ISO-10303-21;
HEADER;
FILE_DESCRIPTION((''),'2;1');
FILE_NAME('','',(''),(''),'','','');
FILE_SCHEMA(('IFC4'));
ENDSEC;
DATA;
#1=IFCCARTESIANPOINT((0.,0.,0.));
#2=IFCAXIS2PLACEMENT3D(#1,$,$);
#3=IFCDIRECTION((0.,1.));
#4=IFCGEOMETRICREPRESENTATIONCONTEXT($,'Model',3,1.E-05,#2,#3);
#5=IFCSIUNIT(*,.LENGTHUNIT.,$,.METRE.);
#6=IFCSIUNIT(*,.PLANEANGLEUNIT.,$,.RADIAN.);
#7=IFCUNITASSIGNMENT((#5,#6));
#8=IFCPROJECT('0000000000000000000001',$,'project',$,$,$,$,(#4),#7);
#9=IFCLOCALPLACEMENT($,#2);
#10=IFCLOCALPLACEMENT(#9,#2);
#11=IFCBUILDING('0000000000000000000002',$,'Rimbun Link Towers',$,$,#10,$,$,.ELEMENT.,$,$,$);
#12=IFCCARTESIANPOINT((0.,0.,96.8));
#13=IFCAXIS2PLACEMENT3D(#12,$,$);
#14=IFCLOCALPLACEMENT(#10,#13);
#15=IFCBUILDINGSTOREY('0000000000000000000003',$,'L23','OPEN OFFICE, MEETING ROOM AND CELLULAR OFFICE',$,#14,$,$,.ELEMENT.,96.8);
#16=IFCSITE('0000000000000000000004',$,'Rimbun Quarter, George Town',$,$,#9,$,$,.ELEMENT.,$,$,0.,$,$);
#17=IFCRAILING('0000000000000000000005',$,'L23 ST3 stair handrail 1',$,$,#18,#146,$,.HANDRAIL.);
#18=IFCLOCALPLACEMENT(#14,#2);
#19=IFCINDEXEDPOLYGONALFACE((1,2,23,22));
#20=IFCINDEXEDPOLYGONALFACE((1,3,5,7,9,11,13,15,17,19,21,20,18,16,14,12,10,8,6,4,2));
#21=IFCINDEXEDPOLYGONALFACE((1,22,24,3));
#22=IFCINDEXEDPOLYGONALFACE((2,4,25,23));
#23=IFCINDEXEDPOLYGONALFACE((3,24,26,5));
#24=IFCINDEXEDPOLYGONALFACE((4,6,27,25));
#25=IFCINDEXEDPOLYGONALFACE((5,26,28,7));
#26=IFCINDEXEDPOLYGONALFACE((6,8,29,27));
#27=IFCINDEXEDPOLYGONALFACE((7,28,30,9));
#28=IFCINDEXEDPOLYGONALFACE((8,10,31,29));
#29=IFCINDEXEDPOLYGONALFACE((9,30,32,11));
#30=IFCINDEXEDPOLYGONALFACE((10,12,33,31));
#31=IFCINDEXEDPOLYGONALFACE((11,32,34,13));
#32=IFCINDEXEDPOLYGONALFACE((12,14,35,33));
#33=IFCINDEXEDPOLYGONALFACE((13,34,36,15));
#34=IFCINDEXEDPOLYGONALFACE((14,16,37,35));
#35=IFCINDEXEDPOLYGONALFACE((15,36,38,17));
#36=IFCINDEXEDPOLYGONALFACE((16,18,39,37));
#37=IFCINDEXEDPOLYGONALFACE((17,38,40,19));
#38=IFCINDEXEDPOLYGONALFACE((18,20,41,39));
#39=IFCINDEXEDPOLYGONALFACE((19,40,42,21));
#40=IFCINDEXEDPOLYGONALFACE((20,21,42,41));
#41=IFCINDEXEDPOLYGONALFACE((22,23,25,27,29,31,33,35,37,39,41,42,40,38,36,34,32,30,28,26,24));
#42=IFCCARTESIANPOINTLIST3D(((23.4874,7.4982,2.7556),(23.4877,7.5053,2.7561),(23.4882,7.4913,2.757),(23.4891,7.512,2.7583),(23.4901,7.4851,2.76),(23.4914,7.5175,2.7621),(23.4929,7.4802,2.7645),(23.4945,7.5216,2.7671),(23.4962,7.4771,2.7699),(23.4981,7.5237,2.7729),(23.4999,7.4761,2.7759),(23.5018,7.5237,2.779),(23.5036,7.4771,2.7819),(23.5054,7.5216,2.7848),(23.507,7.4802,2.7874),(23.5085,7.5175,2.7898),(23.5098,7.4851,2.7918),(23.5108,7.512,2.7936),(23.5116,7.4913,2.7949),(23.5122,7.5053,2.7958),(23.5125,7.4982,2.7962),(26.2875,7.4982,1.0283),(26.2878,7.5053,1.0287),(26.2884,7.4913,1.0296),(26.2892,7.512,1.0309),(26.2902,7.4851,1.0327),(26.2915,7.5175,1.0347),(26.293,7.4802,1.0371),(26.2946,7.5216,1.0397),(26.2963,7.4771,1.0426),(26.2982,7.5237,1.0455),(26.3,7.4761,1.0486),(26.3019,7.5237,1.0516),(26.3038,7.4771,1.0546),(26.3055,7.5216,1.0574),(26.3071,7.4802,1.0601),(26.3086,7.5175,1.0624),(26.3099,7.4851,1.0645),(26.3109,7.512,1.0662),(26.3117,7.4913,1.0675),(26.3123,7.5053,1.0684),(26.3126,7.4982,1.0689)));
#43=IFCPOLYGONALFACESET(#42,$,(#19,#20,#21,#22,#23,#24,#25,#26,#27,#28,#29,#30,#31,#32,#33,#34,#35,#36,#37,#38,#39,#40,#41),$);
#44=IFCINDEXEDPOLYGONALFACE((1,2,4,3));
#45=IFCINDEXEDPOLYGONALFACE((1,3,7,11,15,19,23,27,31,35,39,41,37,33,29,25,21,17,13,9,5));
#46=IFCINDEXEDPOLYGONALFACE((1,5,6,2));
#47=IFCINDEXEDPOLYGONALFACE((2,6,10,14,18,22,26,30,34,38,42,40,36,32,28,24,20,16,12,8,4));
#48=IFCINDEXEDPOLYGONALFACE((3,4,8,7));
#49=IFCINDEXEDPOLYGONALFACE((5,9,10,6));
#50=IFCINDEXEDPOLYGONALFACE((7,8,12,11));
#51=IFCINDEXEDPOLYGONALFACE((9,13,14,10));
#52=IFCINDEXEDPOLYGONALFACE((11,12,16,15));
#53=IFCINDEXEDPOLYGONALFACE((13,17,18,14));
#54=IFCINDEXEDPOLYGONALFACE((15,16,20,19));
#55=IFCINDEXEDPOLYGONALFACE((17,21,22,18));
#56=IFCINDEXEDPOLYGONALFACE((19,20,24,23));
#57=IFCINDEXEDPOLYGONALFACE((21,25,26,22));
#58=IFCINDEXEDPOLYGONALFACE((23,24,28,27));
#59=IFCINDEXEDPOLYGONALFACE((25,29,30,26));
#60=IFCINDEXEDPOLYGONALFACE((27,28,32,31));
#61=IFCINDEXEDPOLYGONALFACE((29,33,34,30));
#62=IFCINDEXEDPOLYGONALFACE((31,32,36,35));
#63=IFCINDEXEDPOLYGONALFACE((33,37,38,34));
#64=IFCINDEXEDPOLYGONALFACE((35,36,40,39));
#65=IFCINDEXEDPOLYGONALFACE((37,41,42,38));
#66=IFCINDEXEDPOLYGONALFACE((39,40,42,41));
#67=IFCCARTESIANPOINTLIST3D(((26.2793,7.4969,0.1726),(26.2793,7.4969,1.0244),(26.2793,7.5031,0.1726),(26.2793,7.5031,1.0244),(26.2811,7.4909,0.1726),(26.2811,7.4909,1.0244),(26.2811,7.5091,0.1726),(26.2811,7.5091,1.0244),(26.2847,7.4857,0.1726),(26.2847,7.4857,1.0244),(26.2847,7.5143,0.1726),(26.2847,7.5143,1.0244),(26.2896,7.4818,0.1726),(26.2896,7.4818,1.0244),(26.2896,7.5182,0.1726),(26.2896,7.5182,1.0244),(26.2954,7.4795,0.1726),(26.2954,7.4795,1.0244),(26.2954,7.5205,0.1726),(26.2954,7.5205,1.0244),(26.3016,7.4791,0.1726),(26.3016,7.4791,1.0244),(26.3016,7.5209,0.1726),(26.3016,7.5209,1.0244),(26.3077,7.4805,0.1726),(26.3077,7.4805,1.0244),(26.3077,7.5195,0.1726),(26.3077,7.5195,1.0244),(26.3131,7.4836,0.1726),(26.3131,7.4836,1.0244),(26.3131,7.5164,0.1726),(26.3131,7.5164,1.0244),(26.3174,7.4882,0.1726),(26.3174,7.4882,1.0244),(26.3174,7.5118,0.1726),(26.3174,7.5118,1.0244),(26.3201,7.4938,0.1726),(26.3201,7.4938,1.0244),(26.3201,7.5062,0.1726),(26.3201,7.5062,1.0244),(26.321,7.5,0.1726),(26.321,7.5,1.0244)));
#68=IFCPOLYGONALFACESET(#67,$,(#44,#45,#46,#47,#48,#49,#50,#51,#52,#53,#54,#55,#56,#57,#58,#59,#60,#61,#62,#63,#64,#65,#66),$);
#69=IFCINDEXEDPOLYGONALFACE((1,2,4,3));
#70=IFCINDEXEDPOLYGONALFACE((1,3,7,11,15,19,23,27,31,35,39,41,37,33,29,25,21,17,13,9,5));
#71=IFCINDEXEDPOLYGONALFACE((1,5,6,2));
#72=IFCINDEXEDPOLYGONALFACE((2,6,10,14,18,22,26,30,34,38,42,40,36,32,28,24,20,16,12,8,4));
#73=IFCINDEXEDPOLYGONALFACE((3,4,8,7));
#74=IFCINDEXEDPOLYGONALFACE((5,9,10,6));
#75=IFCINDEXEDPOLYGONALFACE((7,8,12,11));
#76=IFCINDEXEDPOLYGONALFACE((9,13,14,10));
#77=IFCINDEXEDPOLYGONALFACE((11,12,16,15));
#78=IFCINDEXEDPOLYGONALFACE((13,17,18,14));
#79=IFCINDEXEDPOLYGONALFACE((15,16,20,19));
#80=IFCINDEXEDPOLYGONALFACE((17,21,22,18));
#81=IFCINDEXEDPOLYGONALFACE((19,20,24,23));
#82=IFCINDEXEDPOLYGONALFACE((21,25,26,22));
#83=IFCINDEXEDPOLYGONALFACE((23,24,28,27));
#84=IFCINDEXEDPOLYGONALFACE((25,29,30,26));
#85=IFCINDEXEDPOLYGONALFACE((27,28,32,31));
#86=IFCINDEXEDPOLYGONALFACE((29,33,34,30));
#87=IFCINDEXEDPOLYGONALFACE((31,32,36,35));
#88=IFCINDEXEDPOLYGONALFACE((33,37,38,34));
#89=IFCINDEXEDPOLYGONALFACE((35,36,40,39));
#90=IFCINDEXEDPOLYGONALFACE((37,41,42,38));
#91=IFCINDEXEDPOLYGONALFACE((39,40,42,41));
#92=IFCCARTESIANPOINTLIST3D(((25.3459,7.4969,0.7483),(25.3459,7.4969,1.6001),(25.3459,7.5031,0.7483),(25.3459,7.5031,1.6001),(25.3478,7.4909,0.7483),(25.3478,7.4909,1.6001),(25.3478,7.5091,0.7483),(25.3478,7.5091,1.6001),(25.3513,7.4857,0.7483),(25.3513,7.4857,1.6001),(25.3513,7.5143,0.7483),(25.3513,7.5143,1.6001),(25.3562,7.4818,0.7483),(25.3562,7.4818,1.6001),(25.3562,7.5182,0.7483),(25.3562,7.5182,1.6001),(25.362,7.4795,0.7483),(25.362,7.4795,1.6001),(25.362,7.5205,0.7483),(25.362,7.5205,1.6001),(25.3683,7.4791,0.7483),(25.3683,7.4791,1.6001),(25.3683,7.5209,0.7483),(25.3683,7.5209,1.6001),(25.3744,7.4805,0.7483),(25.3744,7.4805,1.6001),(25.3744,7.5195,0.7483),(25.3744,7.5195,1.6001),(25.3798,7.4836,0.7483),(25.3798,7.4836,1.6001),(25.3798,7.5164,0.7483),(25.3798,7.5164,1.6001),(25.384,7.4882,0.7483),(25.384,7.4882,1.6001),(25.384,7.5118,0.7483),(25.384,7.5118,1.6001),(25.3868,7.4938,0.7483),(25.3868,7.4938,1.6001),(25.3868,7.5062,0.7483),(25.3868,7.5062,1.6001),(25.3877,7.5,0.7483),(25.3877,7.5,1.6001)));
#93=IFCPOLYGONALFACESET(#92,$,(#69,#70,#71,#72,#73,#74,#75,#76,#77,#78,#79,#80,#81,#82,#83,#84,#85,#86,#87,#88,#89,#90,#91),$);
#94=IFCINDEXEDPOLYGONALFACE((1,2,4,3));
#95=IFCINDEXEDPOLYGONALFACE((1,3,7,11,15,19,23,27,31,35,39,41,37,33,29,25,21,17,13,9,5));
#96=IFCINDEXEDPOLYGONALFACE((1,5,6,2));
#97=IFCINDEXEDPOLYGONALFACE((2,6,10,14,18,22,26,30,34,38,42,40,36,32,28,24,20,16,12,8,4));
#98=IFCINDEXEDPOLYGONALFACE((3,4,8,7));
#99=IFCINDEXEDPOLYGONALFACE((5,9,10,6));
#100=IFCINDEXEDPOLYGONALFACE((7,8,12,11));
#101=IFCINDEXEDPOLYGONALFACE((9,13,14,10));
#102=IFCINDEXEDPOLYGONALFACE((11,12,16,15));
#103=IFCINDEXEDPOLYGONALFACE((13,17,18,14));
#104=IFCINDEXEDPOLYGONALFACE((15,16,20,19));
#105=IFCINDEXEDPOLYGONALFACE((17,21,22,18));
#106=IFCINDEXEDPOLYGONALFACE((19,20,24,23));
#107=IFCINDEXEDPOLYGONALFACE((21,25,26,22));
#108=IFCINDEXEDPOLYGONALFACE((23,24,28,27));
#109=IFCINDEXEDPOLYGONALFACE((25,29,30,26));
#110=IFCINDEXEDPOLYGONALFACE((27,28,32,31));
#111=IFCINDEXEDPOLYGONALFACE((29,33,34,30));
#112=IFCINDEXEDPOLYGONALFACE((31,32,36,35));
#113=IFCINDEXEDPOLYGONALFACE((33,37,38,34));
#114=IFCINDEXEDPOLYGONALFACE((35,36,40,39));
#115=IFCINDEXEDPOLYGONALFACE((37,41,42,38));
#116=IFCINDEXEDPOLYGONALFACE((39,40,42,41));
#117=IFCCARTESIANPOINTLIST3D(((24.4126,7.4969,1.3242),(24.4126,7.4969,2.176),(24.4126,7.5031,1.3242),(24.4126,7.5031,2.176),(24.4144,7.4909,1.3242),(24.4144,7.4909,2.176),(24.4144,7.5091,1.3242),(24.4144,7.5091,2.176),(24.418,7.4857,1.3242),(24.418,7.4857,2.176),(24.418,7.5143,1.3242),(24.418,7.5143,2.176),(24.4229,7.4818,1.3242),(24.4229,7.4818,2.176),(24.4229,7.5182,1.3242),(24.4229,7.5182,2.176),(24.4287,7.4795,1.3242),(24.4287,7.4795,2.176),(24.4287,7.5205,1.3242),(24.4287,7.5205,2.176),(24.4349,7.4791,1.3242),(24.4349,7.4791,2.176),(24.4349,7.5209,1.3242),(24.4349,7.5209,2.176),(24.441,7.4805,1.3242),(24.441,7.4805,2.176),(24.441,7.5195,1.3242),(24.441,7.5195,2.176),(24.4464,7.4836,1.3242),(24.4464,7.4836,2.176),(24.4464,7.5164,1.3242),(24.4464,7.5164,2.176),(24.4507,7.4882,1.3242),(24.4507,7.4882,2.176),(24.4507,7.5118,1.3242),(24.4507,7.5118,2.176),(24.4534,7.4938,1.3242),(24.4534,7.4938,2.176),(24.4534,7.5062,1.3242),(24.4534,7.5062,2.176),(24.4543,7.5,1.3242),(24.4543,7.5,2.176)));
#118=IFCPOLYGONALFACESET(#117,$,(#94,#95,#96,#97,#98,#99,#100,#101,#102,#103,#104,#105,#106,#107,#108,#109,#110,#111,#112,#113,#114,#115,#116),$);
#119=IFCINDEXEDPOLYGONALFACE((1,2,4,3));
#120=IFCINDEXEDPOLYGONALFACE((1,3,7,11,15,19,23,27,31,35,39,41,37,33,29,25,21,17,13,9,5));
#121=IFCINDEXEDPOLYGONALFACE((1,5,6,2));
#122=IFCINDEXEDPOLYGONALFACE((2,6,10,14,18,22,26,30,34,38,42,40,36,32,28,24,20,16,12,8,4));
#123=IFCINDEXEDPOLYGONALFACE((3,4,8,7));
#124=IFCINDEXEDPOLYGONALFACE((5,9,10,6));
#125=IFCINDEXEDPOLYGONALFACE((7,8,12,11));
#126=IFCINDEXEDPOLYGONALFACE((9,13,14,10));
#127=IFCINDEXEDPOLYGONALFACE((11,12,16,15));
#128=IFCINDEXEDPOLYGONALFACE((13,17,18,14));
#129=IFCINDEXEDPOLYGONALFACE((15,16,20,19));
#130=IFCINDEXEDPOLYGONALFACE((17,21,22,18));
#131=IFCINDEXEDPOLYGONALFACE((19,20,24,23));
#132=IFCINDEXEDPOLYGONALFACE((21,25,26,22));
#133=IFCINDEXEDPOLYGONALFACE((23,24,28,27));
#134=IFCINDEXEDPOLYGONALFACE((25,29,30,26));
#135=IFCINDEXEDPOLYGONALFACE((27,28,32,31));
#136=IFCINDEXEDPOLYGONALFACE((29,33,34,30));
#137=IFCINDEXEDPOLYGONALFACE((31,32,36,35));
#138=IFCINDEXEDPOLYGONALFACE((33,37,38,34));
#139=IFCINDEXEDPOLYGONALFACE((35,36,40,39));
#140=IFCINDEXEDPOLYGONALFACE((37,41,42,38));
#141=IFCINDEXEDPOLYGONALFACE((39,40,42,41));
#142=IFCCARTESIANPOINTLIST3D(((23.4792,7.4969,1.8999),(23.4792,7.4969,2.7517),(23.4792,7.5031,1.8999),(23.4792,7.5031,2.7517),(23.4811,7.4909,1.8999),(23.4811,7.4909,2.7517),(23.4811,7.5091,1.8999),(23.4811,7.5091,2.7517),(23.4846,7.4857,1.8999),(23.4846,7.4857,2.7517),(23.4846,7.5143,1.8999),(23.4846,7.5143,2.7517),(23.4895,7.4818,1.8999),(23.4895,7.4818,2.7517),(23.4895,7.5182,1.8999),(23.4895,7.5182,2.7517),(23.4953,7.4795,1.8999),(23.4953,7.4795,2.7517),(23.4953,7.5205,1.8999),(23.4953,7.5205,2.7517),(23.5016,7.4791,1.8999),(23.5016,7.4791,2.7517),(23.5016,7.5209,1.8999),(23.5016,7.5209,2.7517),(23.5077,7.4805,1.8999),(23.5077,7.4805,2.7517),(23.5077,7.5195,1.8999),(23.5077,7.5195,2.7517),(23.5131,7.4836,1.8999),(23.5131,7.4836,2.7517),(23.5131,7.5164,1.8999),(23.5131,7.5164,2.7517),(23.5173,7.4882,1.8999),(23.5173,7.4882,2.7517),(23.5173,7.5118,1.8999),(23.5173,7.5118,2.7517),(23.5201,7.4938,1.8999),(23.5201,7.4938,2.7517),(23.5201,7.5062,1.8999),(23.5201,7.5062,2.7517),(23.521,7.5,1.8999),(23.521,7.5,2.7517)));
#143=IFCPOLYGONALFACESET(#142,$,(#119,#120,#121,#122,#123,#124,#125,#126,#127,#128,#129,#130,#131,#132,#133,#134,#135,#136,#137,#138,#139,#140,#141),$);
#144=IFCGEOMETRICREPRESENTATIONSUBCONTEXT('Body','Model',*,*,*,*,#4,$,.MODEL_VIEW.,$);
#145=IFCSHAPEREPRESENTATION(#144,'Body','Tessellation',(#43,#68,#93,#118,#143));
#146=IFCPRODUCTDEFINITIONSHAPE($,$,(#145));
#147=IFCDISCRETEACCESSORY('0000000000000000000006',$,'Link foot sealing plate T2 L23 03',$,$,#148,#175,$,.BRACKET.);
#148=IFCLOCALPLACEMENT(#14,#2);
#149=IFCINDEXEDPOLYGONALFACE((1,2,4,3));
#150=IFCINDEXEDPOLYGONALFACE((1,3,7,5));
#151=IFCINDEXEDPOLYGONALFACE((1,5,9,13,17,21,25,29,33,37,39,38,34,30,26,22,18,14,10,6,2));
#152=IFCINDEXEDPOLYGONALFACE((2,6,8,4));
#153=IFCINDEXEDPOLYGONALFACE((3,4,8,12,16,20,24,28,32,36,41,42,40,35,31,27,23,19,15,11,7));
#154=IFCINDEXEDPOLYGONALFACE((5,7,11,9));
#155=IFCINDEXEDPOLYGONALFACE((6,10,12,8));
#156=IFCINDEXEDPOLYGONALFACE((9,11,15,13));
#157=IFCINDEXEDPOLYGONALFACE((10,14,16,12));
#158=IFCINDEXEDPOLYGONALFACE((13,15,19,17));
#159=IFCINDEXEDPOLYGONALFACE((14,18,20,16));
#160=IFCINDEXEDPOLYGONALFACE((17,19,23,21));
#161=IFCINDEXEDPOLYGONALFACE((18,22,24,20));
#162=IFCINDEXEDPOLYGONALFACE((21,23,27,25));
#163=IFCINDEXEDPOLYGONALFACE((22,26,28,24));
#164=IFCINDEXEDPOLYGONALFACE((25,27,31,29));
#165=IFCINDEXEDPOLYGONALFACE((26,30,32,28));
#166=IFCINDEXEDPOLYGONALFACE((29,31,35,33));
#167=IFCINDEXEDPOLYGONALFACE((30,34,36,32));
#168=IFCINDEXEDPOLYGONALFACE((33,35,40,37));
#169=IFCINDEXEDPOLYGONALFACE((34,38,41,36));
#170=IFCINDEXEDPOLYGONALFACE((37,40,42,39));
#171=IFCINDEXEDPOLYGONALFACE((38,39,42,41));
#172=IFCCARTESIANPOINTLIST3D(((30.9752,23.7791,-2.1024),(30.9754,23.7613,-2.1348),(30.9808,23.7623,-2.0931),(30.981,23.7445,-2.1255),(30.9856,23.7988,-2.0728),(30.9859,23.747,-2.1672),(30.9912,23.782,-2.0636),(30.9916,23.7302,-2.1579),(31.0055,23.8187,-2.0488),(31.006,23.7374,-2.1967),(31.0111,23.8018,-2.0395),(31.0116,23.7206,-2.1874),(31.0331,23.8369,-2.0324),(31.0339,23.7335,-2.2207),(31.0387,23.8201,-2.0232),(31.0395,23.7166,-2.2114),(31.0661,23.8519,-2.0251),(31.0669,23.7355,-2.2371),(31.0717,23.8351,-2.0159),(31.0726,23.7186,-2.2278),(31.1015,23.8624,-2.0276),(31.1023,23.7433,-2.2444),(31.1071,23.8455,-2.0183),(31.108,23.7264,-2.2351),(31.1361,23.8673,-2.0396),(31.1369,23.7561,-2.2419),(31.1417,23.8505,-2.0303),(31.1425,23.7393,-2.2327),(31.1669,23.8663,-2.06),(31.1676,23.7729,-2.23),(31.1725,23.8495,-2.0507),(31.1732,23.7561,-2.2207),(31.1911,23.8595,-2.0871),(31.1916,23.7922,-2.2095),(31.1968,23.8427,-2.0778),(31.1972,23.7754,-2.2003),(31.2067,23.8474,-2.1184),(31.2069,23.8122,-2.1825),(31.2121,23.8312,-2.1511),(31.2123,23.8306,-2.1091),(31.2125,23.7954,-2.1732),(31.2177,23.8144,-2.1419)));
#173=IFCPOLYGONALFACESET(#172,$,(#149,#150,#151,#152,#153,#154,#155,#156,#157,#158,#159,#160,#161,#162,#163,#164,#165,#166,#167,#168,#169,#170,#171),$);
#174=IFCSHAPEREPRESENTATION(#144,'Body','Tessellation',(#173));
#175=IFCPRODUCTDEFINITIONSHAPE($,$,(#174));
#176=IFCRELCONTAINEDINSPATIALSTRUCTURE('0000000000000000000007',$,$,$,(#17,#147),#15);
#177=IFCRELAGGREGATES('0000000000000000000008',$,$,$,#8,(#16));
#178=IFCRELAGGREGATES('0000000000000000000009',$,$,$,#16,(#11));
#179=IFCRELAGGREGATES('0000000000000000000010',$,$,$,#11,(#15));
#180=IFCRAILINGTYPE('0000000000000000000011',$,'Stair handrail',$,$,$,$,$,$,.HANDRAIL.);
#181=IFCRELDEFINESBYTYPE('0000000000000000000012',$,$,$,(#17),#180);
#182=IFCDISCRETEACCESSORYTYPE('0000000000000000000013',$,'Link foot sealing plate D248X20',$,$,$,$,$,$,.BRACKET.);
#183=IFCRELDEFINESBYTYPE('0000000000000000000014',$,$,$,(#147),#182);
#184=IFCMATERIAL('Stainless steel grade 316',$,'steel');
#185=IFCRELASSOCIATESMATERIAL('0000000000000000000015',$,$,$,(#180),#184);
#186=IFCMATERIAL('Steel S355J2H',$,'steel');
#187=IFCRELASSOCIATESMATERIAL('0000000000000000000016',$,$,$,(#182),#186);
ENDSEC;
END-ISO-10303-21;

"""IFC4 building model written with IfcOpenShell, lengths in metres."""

from ifc_helpers import new_model, si_unit, direction, frame, origin, origin_2d, place, context, subcontext, project, spatial, circle, extrude, material, material_profile, profile_set, type_object, element, save


model = new_model("IFC4")

# Units and contexts
model_context = context("Model", 3, precision=1e-05, world=origin(), true_north=direction((0.0, 1.0)))
body_context = subcontext(model_context, "Body", "Model", "MODEL_VIEW")
ifc_project = project(units=[si_unit("LENGTHUNIT", "METRE"), si_unit("PLANEANGLEUNIT", "RADIAN")], contexts=[model_context])

# Site, building, storey
site_placement = place(None, origin())
site = spatial("IfcSite", under=ifc_project, at=site_placement, Name="Rimbun Quarter, George Town", CompositionType="ELEMENT", RefElevation=0.0)
building_placement = place(site_placement, origin())
building = spatial("IfcBuilding", under=site, at=building_placement, Name="Rimbun Link Towers", CompositionType="ELEMENT")
storey_placement = place(building_placement, frame((0.0, 0.0, 96.8)))
storey = spatial("IfcBuildingStorey", under=building, at=storey_placement, Name="L23", Description="OPEN OFFICE, MEETING ROOM AND CELLULAR OFFICE", CompositionType="ELEMENT", Elevation=96.8)

# Railing
ifc_material_1 = material(Name="Stainless steel grade 316", Category="steel")
railing_type_1 = type_object("IfcRailingType", Name="Stair handrail", PredefinedType="HANDRAIL", material=ifc_material_1)
railing_1_placement = place(storey_placement, frame((26.3, 7.5, 0.1726)))
element("IfcRailing", 1, at=railing_1_placement, inside=storey, type_object=railing_type_1, Name="L23 ST3 stair handrail 1", PredefinedType="HANDRAIL", context=body_context, shape_type="SweptSolid", body=[
    extrude(circle(Radius=0.0239, at=origin_2d()), frame((0.0, 0.0, 0.876), z_axis=(-0.85109, 0.0, 0.52502), x_axis=(0.0, -1.0, 0.0)), (0.0, 0.0, 1.0), 3.29),
    extrude(circle(Radius=0.021, at=origin_2d()), origin(), (0.0, 0.0, 1.0), 0.8518),
    extrude(circle(Radius=0.021, at=origin_2d()), frame((-0.9333, 0.0, 0.5757)), (0.0, 0.0, 1.0), 0.8518),
    extrude(circle(Radius=0.021, at=origin_2d()), frame((-1.8667, 0.0, 1.1516)), (0.0, 0.0, 1.0), 0.8518),
    extrude(circle(Radius=0.021, at=origin_2d()), frame((-2.8, 0.0, 1.7273)), (0.0, 0.0, 1.0), 0.8518),
])

# Discrete accessory
ifc_material_2 = material(Name="Steel S355J2H", Category="steel")
ifc_material_profile_1 = material_profile(ifc_material_2, circle(Radius=0.124, at=origin_2d()), Name="PL D248")
ifc_profile_set_1 = profile_set([ifc_material_profile_1], Name="Steel S355J2H")
discrete_accessory_type = type_object("IfcDiscreteAccessoryType", Name="Link foot sealing plate D248X20", PredefinedType="BRACKET", material=ifc_profile_set_1)
discrete_accessory_placement = place(storey_placement, frame((31.0986, 23.7837, -2.1255), z_axis=(-0.280279, 0.840838, -0.46307), x_axis=(-0.948683, -0.316228, 0.0)))
element("IfcDiscreteAccessory", 2, at=discrete_accessory_placement, inside=storey, type_object=discrete_accessory_type, Name="Link foot sealing plate T2 L23 03", PredefinedType="BRACKET", context=body_context, shape_type="SweptSolid", body=[
    extrude(circle(Radius=0.124, at=origin_2d()), origin(), (0.0, 0.0, 1.0), 0.02),
])

save(model, "model.ifc")
